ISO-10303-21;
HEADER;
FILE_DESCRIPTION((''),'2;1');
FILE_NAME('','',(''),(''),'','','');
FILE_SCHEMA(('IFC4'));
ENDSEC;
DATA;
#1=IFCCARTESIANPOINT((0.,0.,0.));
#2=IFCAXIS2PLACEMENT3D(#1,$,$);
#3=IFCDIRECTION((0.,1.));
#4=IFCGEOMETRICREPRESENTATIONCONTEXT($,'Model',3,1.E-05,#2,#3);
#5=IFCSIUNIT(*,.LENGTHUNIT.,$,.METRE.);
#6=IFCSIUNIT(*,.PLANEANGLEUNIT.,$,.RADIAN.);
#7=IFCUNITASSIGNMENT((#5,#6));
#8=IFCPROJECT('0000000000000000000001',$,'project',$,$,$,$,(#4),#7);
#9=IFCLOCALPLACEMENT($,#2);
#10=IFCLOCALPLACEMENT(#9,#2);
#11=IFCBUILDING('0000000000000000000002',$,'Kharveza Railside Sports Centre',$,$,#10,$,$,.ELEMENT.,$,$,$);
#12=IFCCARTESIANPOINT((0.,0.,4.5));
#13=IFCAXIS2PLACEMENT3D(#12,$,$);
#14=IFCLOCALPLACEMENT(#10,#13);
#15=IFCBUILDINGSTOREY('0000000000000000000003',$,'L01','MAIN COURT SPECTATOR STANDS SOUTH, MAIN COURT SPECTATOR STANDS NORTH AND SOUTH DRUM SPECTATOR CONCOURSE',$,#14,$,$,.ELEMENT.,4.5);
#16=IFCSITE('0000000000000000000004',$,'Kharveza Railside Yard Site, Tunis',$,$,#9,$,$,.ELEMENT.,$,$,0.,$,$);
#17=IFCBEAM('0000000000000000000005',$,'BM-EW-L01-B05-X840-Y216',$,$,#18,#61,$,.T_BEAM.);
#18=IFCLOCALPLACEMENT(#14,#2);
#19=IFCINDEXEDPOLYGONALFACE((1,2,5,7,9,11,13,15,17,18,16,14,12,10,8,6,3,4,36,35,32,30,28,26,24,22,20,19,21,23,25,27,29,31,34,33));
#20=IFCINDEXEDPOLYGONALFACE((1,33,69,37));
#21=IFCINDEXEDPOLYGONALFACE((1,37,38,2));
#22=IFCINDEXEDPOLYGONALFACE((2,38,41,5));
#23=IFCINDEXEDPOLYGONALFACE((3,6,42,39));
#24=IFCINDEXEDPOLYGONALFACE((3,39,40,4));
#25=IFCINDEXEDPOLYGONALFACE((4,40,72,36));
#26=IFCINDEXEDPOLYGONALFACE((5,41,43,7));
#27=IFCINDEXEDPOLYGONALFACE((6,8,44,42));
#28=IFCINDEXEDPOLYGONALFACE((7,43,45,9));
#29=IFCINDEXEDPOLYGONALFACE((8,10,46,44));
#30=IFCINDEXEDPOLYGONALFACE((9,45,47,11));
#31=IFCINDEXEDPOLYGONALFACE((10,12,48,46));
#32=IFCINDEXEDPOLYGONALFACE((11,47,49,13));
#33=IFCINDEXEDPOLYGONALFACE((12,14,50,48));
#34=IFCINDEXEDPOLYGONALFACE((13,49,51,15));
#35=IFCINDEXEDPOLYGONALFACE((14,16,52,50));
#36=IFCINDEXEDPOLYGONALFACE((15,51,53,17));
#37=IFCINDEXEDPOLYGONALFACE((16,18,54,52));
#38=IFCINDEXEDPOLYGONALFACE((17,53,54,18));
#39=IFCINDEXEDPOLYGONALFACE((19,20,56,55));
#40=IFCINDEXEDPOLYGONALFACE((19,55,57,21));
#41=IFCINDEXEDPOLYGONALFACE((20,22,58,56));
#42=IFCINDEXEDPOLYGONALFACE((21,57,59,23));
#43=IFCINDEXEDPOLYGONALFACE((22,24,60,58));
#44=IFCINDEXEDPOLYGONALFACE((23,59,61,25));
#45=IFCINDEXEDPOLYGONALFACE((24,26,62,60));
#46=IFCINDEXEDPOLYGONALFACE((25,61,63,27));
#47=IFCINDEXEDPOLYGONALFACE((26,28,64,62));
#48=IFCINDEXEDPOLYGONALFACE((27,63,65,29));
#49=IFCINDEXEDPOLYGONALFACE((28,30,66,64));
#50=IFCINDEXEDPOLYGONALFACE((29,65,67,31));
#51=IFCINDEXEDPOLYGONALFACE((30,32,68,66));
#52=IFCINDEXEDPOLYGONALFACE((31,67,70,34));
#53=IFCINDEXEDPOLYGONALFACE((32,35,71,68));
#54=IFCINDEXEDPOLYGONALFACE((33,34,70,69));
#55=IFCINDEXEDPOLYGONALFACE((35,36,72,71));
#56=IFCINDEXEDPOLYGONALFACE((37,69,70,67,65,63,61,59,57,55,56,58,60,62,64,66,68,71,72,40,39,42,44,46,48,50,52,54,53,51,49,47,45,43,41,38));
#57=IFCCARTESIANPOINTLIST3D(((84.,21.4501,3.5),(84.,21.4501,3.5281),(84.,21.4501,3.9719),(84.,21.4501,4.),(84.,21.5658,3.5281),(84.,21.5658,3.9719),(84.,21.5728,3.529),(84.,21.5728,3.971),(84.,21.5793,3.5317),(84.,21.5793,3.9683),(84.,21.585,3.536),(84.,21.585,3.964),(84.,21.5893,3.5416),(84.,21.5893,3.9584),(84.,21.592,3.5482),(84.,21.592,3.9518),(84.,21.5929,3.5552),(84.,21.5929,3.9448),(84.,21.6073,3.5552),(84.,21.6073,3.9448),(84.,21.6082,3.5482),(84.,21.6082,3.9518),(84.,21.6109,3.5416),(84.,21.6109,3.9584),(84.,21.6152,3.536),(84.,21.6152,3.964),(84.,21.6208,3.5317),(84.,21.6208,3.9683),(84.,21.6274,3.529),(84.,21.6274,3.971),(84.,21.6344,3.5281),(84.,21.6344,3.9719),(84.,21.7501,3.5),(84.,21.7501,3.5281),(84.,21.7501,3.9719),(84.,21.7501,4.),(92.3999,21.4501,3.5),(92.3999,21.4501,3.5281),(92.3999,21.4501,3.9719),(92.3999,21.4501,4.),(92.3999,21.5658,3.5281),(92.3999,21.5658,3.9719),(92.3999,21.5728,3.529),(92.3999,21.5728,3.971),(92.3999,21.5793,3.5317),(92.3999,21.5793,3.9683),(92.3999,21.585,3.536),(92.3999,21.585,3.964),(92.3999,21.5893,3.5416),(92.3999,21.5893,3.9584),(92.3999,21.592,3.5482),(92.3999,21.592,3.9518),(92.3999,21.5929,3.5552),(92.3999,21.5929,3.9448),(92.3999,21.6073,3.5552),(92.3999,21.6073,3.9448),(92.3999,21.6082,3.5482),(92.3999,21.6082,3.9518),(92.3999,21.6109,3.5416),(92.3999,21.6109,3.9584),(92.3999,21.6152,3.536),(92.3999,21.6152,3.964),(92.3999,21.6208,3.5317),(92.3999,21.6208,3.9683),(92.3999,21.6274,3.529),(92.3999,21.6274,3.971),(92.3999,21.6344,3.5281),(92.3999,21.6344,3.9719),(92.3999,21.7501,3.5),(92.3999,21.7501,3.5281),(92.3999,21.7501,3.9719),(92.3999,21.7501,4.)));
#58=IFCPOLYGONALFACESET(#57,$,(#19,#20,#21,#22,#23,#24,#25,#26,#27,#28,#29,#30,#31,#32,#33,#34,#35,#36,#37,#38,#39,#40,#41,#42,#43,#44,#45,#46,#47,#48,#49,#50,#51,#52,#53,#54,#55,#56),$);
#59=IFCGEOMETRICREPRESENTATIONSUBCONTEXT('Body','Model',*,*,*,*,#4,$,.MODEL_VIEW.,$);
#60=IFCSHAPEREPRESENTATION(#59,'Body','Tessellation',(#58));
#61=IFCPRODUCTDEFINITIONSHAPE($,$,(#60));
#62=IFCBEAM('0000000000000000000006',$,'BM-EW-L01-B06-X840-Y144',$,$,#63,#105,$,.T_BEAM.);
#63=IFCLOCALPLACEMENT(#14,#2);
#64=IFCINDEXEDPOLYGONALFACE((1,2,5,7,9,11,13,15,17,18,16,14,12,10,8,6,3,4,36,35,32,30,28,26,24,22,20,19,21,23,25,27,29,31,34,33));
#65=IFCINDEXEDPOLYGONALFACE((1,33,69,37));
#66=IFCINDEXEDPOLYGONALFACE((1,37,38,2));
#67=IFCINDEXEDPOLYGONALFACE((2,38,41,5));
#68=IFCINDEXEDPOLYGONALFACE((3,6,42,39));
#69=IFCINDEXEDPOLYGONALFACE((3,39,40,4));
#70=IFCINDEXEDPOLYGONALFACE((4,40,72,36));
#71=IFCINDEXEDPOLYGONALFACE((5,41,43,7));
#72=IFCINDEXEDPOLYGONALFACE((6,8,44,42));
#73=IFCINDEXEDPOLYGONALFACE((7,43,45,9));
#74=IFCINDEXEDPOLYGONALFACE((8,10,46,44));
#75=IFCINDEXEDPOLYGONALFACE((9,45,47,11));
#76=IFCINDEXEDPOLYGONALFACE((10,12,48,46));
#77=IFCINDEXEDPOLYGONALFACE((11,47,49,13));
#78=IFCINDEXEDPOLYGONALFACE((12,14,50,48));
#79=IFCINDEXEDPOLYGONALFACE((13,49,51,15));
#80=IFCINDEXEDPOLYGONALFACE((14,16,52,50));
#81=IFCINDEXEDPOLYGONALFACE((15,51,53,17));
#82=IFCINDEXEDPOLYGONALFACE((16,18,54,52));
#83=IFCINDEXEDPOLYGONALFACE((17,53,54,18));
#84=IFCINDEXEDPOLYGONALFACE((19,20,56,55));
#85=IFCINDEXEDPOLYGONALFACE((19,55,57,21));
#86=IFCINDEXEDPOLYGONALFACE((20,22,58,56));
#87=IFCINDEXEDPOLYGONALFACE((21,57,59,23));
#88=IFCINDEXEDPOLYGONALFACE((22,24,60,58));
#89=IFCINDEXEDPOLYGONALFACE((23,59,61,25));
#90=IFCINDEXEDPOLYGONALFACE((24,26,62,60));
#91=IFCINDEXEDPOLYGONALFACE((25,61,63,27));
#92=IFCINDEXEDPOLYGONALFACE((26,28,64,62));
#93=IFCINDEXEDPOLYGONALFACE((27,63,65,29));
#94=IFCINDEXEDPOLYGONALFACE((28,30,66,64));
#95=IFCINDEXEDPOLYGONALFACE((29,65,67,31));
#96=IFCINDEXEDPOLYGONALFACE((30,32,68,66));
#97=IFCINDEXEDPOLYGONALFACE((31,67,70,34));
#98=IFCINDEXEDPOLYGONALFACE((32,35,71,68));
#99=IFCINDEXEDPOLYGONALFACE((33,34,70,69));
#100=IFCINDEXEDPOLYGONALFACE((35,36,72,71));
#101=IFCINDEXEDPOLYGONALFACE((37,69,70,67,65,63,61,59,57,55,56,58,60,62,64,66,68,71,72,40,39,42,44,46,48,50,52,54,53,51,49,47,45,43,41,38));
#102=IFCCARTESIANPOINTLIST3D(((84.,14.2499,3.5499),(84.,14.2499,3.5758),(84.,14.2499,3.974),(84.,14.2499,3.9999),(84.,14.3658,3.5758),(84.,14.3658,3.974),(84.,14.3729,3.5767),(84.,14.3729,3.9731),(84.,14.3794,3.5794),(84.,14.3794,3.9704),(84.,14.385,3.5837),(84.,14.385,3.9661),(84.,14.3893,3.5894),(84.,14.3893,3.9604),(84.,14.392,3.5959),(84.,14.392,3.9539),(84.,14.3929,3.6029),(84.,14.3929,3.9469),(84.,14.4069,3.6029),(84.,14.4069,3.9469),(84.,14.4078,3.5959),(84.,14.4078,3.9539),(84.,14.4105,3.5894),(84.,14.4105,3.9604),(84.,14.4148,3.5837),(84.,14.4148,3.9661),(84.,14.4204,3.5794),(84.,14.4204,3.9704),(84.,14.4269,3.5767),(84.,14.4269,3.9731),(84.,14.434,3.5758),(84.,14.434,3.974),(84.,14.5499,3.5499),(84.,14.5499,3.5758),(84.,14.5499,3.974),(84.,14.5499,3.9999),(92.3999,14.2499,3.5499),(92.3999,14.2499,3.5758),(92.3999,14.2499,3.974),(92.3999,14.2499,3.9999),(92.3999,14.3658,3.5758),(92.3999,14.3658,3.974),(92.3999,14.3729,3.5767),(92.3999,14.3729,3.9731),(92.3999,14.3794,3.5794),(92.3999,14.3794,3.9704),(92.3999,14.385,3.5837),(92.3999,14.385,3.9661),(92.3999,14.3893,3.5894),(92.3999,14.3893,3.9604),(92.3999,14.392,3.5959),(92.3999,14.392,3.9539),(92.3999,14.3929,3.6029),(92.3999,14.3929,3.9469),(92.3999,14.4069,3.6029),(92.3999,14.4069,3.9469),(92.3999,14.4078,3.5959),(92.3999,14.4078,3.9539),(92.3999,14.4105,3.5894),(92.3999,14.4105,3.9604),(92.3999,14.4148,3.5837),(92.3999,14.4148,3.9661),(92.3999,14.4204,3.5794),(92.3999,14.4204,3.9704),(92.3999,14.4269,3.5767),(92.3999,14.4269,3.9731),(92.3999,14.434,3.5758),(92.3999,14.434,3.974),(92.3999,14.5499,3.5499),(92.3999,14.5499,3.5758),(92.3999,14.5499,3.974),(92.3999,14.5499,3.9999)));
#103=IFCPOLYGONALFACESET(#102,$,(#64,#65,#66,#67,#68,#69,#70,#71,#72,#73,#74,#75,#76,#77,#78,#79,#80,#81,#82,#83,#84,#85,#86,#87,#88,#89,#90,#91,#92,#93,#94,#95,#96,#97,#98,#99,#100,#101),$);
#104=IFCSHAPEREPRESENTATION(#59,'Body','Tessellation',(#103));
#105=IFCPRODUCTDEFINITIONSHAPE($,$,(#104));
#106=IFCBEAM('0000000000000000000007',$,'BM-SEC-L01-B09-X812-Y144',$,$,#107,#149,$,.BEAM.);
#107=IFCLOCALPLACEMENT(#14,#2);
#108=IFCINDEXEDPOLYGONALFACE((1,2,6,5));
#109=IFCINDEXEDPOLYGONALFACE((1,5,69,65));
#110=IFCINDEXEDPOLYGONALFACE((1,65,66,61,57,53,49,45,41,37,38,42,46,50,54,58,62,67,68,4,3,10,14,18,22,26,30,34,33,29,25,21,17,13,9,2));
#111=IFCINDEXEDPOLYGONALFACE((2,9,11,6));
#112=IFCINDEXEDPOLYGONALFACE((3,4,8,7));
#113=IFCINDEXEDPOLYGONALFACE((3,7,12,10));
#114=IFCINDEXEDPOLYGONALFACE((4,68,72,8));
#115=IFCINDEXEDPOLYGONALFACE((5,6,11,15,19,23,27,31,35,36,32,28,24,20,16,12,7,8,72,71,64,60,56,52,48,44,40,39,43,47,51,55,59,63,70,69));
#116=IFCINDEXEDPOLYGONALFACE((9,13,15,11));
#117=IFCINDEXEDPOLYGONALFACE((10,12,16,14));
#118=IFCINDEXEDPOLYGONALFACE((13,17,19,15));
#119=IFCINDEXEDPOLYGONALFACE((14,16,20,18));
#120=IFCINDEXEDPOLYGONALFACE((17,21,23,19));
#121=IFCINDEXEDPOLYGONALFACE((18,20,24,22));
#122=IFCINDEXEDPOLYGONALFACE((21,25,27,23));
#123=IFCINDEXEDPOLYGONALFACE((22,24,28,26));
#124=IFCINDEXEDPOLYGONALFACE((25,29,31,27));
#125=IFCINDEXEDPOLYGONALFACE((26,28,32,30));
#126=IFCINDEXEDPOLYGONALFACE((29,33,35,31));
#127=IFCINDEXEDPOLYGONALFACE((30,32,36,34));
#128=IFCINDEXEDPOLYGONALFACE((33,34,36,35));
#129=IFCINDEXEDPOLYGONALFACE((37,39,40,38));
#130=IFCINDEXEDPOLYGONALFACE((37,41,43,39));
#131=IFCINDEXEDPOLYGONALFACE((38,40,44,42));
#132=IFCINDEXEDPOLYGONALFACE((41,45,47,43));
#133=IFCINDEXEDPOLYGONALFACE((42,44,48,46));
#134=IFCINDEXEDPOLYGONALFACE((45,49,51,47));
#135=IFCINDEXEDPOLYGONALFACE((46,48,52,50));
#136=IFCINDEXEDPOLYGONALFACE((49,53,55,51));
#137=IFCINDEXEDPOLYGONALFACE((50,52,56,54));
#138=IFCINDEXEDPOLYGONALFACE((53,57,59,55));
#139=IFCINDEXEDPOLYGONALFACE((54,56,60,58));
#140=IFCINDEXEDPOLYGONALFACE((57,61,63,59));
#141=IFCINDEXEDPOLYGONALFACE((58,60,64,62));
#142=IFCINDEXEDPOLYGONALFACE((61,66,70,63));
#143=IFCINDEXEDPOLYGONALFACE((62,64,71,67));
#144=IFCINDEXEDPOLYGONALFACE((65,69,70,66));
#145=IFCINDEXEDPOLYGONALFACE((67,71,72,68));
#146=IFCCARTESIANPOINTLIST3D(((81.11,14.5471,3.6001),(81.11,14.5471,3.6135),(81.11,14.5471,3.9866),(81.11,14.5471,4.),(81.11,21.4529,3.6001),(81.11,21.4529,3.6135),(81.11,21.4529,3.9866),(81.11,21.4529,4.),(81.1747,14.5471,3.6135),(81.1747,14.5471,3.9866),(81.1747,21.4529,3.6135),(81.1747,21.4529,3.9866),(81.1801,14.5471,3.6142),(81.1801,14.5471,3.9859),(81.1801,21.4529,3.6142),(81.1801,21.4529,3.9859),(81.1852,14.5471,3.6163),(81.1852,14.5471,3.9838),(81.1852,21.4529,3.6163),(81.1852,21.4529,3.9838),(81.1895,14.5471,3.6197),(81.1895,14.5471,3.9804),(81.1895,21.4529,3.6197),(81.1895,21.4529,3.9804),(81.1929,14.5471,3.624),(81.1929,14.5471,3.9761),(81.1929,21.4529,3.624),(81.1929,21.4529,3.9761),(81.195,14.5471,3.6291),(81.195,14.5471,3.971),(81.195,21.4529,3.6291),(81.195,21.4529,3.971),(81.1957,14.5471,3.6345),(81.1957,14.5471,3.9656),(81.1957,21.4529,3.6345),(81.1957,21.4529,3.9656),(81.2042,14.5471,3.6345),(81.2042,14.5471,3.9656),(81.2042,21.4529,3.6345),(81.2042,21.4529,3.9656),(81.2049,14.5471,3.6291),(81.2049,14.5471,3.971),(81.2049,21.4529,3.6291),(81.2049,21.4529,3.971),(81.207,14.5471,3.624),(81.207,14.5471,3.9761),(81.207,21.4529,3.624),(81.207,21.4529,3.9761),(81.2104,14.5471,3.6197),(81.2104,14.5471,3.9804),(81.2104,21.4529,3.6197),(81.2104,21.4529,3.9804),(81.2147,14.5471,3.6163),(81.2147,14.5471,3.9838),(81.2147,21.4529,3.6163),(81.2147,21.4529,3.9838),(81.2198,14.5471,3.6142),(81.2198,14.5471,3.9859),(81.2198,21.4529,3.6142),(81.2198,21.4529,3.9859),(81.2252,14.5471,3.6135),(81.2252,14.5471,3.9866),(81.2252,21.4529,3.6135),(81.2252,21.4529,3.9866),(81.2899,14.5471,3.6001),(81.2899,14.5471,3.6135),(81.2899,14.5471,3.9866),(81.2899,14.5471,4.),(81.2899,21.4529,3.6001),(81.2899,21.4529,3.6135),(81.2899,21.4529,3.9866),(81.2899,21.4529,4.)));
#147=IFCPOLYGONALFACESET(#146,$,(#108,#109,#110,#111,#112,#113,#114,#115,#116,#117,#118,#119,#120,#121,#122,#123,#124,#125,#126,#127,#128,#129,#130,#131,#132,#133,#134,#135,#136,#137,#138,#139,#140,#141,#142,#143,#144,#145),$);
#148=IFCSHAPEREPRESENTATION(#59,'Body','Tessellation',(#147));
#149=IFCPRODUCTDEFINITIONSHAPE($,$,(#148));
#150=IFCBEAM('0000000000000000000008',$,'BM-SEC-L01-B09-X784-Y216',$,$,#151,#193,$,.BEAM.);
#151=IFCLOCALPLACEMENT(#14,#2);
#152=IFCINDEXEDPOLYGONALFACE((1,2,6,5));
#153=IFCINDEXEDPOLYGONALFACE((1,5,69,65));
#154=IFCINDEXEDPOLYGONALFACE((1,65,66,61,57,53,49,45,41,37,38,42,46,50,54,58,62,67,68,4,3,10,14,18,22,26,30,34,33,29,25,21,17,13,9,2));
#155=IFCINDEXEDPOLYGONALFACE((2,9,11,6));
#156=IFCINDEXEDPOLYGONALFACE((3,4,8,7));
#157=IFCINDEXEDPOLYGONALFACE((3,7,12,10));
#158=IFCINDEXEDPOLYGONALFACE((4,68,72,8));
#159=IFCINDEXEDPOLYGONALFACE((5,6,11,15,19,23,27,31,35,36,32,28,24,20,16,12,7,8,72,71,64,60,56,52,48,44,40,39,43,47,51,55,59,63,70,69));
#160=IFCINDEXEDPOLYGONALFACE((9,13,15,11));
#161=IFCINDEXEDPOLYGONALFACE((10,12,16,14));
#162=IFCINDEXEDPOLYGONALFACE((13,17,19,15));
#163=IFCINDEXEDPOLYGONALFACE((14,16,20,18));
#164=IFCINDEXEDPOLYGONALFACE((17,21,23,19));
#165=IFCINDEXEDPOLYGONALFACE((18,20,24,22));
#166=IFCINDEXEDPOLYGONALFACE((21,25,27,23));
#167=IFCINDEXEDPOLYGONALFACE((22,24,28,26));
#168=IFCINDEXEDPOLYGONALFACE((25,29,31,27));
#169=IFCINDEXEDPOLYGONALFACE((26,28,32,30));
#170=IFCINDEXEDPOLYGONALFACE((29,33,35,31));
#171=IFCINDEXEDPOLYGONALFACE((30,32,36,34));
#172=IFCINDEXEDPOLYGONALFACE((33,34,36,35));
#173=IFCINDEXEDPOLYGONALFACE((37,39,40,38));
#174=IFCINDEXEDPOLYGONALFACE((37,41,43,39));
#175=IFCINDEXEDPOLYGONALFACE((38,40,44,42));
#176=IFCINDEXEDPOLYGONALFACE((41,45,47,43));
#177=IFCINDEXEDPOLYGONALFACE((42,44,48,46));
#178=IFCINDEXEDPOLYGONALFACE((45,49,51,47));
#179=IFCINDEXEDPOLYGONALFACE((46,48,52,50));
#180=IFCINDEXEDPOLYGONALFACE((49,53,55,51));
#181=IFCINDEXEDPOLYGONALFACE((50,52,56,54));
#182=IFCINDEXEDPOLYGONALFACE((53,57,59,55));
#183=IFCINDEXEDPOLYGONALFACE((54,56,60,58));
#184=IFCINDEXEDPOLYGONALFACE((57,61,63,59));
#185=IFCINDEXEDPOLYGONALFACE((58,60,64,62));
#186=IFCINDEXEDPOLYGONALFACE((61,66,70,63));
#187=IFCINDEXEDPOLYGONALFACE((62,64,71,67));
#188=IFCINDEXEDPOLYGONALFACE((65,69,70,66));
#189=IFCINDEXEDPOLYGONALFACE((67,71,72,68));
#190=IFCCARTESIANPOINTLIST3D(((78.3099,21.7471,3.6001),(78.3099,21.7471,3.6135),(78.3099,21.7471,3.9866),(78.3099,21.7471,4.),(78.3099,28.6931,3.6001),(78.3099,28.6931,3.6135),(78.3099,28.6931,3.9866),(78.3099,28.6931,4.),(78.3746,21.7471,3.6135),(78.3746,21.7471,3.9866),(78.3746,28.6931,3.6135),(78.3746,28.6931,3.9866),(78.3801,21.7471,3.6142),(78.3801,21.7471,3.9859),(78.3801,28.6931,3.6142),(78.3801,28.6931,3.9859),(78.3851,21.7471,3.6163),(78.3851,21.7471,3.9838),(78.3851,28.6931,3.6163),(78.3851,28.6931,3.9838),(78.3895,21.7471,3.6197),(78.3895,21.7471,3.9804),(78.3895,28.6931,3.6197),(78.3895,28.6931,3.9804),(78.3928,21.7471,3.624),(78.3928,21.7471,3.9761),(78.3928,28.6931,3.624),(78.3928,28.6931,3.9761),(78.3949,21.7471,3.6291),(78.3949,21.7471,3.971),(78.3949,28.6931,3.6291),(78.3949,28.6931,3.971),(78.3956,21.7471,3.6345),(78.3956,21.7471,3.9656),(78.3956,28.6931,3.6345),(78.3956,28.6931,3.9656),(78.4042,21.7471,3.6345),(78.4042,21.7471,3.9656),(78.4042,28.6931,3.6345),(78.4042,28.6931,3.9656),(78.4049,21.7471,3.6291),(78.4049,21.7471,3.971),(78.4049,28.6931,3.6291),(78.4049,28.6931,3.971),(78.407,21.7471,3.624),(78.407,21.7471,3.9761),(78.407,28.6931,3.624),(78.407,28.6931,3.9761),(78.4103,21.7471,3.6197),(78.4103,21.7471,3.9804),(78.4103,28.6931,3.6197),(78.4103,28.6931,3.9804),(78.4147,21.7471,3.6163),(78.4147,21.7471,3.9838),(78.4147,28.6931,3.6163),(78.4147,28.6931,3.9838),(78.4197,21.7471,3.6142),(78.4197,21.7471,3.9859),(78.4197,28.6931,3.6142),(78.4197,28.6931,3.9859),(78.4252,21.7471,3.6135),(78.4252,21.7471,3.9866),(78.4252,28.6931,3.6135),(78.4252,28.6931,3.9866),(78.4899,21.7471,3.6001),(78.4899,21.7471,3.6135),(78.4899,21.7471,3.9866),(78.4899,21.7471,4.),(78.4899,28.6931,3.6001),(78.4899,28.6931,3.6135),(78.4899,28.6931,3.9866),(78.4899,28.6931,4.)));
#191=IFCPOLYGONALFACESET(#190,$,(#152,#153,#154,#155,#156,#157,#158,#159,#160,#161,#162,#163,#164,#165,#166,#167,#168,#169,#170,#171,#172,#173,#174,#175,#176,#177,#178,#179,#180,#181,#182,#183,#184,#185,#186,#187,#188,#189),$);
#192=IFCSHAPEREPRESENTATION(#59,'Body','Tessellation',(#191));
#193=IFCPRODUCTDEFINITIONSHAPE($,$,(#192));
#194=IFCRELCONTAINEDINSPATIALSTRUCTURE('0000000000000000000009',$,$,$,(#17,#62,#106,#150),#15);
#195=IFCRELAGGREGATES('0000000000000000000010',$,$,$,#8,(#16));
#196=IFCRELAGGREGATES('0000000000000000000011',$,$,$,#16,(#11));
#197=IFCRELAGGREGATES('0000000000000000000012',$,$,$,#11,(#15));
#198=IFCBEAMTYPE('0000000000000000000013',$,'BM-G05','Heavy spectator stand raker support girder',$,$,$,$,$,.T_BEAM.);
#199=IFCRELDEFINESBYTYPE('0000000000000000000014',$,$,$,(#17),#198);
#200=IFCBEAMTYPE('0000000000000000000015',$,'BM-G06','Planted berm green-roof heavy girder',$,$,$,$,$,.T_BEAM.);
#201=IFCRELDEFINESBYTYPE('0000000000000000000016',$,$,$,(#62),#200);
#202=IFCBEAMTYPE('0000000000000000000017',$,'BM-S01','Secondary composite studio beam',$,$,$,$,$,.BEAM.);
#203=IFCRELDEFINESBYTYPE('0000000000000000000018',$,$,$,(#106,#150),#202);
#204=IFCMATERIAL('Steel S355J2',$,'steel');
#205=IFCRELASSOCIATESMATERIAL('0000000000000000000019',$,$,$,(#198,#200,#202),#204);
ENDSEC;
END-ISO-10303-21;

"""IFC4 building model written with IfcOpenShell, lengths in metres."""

from ifc_helpers import new_model, si_unit, direction, frame, origin, origin_2d, place, context, subcontext, project, spatial, i_section, extrude, material, material_profile, profile_set, type_object, element, save


model = new_model("IFC4")

# Units and contexts
model_context = context("Model", 3, precision=1e-05, world=origin(), true_north=direction((0.0, 1.0)))
body_context = subcontext(model_context, "Body", "Model", "MODEL_VIEW")
ifc_project = project(units=[si_unit("LENGTHUNIT", "METRE"), si_unit("PLANEANGLEUNIT", "RADIAN")], contexts=[model_context])

# Site, building, storey
site_placement = place(None, origin())
site = spatial("IfcSite", under=ifc_project, at=site_placement, Name="Kharveza Railside Yard Site, Tunis", CompositionType="ELEMENT", RefElevation=0.0)
building_placement = place(site_placement, origin())
building = spatial("IfcBuilding", under=site, at=building_placement, Name="Kharveza Railside Sports Centre", CompositionType="ELEMENT")
storey_placement = place(building_placement, frame((0.0, 0.0, 4.5)))
storey = spatial("IfcBuildingStorey", under=building, at=storey_placement, Name="L01", Description="MAIN COURT SPECTATOR STANDS SOUTH, MAIN COURT SPECTATOR STANDS NORTH AND SOUTH DRUM SPECTATOR CONCOURSE", CompositionType="ELEMENT", Elevation=4.5)

# Shared definitions
ifc_material_1 = material(Name="Steel S355J2", Category="steel")

# Beams
ifc_material_profile_1 = material_profile(ifc_material_1, i_section(OverallWidth=0.3, OverallDepth=0.5, WebThickness=0.0144, FlangeThickness=0.0281, FilletRadius=0.0271, at=origin_2d()), Name="HEB 500")
ifc_profile_set_1 = profile_set([ifc_material_profile_1], Name="Steel S355J2")
beam_type_1 = type_object("IfcBeamType", Name="BM-G05", Description="Heavy spectator stand raker support girder", PredefinedType="T_BEAM", material=ifc_profile_set_1)
beam_1_placement = place(storey_placement, frame((84.0, 21.6001, 3.75), z_axis=(1.0, 0.0, 0.0), x_axis=(0.0, 1.0, 0.0)))
element("IfcBeam", 1, at=beam_1_placement, inside=storey, type_object=beam_type_1, Name="BM-EW-L01-B05-X840-Y216", PredefinedType="T_BEAM", context=body_context, shape_type="SweptSolid", body=[
    extrude(i_section(OverallWidth=0.3, OverallDepth=0.5, WebThickness=0.0144, FlangeThickness=0.0281, FilletRadius=0.0271, at=origin_2d()), origin(), (0.0, 0.0, 1.0), 8.3999),
])
ifc_material_profile_2 = material_profile(ifc_material_1, i_section(OverallWidth=0.3, OverallDepth=0.45, WebThickness=0.0139, FlangeThickness=0.0259, FilletRadius=0.0271, at=origin_2d()), Name="HEB 450")
ifc_profile_set_2 = profile_set([ifc_material_profile_2], Name="Steel S355J2")
beam_type_2 = type_object("IfcBeamType", Name="BM-G06", Description="Planted berm green-roof heavy girder", PredefinedType="T_BEAM", material=ifc_profile_set_2)
beam_2_placement = place(storey_placement, frame((84.0, 14.3999, 3.7749), z_axis=(1.0, 0.0, 0.0), x_axis=(0.0, 1.0, 0.0)))
element("IfcBeam", 2, at=beam_2_placement, inside=storey, type_object=beam_type_2, Name="BM-EW-L01-B06-X840-Y144", PredefinedType="T_BEAM", context=body_context, shape_type="SweptSolid", body=[
    extrude(i_section(OverallWidth=0.3, OverallDepth=0.45, WebThickness=0.0139, FlangeThickness=0.0259, FilletRadius=0.0271, at=origin_2d()), origin(), (0.0, 0.0, 1.0), 8.3999),
])
ifc_material_profile_3 = material_profile(ifc_material_1, i_section(OverallWidth=0.1799, OverallDepth=0.3999, WebThickness=0.0085, FlangeThickness=0.0134, FilletRadius=0.021, at=origin_2d()), Name="IPE 400")
ifc_profile_set_3 = profile_set([ifc_material_profile_3], Name="Steel S355J2")
beam_type_3 = type_object("IfcBeamType", Name="BM-S01", Description="Secondary composite studio beam", PredefinedType="BEAM", material=ifc_profile_set_3)
beam_3_placement = place(storey_placement, frame((81.2, 14.5471, 3.8), z_axis=(0.0, 1.0, 0.0), x_axis=(-1.0, 0.0, 0.0)))
element("IfcBeam", 3, at=beam_3_placement, inside=storey, type_object=beam_type_3, Name="BM-SEC-L01-B09-X812-Y144", PredefinedType="BEAM", context=body_context, shape_type="SweptSolid", body=[
    extrude(i_section(OverallWidth=0.1799, OverallDepth=0.3999, WebThickness=0.0085, FlangeThickness=0.0134, FilletRadius=0.021, at=origin_2d()), origin(), (0.0, 0.0, 1.0), 6.9058),
])
beam_4_placement = place(storey_placement, frame((78.3999, 21.7471, 3.8), z_axis=(0.0, 1.0, 0.0), x_axis=(-1.0, 0.0, 0.0)))
element("IfcBeam", 4, at=beam_4_placement, inside=storey, type_object=beam_type_3, Name="BM-SEC-L01-B09-X784-Y216", PredefinedType="BEAM", context=body_context, shape_type="SweptSolid", body=[
    extrude(i_section(OverallWidth=0.1799, OverallDepth=0.3999, WebThickness=0.0085, FlangeThickness=0.0134, FilletRadius=0.021, at=origin_2d()), origin(), (0.0, 0.0, 1.0), 6.946),
])

save(model, "model.ifc")
